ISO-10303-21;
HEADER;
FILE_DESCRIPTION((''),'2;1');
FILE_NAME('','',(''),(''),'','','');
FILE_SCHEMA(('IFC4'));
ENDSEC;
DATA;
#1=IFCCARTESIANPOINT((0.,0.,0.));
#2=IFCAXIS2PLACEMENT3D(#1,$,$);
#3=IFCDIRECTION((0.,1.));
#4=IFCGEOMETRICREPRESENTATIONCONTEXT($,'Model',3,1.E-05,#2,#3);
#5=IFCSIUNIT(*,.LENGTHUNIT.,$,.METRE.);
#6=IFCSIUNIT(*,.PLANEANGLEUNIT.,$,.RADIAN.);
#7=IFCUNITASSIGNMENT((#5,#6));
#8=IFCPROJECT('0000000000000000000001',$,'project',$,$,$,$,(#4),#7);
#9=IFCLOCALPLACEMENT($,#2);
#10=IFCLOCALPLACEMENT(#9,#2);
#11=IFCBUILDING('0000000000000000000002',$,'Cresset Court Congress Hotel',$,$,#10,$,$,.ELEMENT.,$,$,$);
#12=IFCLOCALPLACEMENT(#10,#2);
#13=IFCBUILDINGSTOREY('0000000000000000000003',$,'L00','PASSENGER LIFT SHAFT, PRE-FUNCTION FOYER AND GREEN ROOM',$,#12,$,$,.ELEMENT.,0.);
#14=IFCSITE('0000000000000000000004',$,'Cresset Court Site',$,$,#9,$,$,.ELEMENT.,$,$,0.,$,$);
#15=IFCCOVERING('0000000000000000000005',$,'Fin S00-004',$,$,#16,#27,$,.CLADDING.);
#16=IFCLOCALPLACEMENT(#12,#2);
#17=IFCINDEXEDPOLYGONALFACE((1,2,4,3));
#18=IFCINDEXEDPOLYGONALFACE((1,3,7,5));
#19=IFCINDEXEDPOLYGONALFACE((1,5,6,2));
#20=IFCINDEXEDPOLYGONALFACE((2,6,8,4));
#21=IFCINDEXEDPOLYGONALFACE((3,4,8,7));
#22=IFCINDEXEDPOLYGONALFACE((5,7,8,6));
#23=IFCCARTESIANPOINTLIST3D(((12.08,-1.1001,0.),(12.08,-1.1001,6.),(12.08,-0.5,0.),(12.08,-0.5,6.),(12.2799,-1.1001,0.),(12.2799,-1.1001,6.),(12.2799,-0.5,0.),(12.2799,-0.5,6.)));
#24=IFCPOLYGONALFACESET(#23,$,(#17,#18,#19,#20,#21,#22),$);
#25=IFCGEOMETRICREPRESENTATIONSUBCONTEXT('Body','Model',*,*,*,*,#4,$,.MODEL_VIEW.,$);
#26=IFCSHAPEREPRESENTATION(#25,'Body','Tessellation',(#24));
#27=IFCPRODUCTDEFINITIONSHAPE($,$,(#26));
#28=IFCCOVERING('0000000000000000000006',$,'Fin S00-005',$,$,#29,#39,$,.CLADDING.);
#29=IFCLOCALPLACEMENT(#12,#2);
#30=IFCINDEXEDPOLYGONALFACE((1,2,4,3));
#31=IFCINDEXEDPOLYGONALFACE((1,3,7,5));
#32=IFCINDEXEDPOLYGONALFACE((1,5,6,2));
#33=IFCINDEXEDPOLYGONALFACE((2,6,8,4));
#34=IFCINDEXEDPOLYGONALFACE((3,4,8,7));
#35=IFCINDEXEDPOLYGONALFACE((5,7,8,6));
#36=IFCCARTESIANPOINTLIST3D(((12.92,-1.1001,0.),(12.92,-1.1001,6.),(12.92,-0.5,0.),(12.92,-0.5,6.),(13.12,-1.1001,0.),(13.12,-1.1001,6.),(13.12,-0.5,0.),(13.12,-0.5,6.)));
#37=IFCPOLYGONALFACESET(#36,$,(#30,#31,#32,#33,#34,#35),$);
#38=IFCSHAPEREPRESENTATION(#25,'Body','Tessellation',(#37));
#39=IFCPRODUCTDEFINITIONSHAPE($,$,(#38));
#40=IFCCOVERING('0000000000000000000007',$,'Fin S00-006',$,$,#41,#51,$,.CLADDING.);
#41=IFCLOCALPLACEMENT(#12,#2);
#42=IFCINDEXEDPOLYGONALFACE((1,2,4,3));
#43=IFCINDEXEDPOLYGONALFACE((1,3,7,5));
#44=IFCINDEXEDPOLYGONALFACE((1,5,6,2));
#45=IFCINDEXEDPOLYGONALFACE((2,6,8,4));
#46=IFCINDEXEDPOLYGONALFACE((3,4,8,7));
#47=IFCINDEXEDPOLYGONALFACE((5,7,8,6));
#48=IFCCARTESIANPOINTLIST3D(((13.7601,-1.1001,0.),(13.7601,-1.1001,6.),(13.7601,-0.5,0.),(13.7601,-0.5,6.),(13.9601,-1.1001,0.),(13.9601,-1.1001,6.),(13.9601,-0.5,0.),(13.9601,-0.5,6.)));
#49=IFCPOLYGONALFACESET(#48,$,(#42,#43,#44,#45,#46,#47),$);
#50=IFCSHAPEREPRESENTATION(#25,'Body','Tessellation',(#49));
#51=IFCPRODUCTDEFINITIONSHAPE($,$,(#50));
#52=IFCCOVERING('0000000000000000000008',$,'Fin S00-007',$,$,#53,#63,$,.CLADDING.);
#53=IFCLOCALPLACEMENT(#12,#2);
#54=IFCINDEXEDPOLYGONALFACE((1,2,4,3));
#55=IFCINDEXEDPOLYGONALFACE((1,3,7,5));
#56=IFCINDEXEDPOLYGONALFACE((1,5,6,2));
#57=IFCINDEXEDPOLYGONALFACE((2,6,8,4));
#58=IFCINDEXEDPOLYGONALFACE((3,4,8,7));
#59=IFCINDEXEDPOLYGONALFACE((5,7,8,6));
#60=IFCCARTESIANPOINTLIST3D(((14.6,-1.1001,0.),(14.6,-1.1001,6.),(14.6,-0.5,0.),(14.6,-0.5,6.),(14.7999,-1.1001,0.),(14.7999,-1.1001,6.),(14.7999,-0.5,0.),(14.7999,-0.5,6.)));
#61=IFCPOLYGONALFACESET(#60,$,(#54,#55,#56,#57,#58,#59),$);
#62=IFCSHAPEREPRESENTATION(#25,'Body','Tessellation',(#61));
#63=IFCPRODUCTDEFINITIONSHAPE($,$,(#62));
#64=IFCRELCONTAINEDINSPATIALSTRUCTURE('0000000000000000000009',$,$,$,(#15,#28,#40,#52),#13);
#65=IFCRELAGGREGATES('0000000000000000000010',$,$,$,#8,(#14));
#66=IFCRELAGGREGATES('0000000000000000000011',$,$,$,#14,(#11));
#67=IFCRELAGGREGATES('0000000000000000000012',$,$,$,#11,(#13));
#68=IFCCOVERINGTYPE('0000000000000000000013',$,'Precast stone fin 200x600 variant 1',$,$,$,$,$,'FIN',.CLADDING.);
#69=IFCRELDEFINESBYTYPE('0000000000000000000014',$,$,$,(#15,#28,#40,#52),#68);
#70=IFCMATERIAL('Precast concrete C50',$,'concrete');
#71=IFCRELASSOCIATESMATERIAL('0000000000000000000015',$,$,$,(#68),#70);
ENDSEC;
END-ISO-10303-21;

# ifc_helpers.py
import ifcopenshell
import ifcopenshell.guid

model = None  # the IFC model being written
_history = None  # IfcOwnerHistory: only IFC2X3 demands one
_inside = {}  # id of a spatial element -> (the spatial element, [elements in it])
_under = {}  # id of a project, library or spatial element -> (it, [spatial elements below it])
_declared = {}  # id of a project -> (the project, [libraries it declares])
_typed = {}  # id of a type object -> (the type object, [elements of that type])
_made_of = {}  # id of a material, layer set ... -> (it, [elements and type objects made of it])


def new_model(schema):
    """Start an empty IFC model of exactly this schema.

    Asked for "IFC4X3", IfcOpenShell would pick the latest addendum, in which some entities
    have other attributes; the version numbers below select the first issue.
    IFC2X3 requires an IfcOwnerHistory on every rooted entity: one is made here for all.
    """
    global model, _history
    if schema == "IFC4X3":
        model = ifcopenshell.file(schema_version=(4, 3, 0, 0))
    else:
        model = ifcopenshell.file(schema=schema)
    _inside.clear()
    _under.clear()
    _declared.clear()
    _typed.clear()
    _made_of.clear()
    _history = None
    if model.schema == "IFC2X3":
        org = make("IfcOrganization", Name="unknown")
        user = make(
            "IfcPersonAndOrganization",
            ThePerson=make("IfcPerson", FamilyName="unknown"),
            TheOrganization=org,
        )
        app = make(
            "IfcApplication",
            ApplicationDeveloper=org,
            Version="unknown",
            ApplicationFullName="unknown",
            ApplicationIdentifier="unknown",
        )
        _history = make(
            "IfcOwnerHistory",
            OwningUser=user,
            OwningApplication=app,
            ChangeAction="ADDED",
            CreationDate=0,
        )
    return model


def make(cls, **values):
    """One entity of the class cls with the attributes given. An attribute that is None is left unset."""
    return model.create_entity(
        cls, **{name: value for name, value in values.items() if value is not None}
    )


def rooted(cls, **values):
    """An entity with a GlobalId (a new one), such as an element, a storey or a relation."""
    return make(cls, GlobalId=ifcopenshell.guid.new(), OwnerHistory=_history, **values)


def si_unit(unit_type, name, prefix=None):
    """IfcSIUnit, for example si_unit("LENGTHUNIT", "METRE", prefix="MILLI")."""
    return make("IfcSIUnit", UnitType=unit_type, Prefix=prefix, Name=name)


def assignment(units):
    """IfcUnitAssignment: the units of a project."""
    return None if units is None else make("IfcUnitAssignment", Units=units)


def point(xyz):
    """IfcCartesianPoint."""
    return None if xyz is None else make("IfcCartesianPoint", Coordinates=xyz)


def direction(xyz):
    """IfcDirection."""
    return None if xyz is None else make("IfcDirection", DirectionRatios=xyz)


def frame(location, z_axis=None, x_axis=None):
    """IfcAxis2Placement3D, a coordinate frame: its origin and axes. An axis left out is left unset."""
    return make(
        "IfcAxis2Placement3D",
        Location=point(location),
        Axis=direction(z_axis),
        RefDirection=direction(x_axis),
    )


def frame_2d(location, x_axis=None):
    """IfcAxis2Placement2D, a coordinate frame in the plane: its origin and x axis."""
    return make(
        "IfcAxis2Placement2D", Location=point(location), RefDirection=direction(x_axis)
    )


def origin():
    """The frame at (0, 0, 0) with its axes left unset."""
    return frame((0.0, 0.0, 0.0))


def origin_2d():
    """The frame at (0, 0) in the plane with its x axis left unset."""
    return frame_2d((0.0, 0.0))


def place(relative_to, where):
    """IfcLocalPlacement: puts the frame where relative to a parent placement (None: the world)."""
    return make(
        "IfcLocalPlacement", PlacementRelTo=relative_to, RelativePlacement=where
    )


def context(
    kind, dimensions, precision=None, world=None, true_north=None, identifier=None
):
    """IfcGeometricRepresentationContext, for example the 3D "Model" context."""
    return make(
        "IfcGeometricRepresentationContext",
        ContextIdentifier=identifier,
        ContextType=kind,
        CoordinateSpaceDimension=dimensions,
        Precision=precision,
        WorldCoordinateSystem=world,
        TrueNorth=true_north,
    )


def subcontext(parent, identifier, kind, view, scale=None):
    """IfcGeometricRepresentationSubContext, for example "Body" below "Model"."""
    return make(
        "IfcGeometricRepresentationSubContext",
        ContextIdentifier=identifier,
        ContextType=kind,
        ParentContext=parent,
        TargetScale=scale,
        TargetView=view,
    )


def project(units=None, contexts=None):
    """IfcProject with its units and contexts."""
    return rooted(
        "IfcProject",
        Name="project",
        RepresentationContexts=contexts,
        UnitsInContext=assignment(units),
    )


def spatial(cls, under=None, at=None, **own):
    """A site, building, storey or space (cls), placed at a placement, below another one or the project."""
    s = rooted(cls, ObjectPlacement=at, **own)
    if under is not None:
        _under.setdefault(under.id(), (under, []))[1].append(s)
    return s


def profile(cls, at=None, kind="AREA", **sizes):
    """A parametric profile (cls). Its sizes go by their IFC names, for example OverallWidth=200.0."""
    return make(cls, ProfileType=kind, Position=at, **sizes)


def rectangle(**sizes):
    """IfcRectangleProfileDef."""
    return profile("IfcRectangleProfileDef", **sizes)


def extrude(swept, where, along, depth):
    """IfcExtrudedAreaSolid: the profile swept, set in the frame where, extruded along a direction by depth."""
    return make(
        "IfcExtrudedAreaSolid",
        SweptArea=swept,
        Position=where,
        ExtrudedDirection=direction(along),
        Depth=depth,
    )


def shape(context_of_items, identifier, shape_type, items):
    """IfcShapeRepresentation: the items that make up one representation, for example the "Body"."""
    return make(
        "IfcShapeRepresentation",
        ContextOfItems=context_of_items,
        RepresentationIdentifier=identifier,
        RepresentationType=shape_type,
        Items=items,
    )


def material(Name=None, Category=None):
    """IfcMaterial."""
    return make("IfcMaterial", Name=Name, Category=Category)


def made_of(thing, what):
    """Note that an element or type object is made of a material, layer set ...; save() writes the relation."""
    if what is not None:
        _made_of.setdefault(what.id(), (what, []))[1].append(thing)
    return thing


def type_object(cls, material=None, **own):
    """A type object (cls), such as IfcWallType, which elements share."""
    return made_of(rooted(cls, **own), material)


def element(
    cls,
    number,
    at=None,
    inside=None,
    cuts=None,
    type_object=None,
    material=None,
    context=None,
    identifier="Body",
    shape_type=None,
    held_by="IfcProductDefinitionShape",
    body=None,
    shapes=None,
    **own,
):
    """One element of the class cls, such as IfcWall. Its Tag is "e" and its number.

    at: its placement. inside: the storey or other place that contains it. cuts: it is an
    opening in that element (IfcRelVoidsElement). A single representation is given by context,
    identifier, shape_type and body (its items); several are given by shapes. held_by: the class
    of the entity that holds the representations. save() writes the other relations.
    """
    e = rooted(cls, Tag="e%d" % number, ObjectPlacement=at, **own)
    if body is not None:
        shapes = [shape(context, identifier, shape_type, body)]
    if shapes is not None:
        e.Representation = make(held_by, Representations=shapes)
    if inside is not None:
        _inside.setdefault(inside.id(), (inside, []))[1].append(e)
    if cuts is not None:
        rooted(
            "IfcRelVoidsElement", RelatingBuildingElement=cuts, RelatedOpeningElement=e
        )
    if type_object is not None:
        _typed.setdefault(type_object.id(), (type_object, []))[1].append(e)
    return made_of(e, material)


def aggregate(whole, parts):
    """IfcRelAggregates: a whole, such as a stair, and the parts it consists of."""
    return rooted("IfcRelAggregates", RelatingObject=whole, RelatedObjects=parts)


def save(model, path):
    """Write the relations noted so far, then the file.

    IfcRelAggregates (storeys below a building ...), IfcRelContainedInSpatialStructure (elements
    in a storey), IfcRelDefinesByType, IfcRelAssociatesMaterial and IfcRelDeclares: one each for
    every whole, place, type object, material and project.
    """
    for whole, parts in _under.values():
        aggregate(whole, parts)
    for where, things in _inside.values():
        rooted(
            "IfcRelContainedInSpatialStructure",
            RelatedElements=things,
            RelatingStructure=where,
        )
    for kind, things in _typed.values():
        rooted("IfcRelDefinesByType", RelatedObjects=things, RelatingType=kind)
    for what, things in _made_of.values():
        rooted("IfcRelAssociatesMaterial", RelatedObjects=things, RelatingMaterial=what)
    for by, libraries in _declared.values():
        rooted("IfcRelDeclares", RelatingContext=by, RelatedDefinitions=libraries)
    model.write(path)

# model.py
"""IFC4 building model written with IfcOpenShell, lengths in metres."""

from ifc_helpers import new_model, si_unit, direction, frame, origin, origin_2d, place, context, subcontext, project, spatial, rectangle, extrude, material, type_object, element, save


model = new_model("IFC4")

# Units and contexts
model_context = context("Model", 3, precision=1e-05, world=origin(), true_north=direction((0.0, 1.0)))
body_context = subcontext(model_context, "Body", "Model", "MODEL_VIEW")
ifc_project = project(units=[si_unit("LENGTHUNIT", "METRE"), si_unit("PLANEANGLEUNIT", "RADIAN")], contexts=[model_context])

# Site, building, storey
site_placement = place(None, origin())
site = spatial("IfcSite", under=ifc_project, at=site_placement, Name="Cresset Court Site", CompositionType="ELEMENT", RefElevation=0.0)
building_placement = place(site_placement, origin())
building = spatial("IfcBuilding", under=site, at=building_placement, Name="Cresset Court Congress Hotel", CompositionType="ELEMENT")
storey_placement = place(building_placement, origin())
storey = spatial("IfcBuildingStorey", under=building, at=storey_placement, Name="L00", Description="PASSENGER LIFT SHAFT, PRE-FUNCTION FOYER AND GREEN ROOM", CompositionType="ELEMENT", Elevation=0.0)

# Coverings
ifc_material_1 = material(Name="Precast concrete C50", Category="concrete")
covering_type = type_object("IfcCoveringType", Name="Precast stone fin 200x600 variant 1", ElementType="FIN", PredefinedType="CLADDING", material=ifc_material_1)
for number, where, z_axis, x_axis, name in (
    (1, (12.1799, -0.8, 0.0), (0.0, 0.0, 1.0), (1.0, 0.0, 0.0), "Fin S00-004"),
    (2, (13.02, -0.8, 0.0), (0.0, 0.0, 1.0), (1.0, 0.0, 0.0), "Fin S00-005"),
    (3, (13.8601, -0.8, 0.0), (0.0, 0.0, 1.0), (1.0, 0.0, 0.0), "Fin S00-006"),
    (4, (14.7, -0.8, 0.0), (0.0, 0.0, 1.0), (1.0, 0.0, 0.0), "Fin S00-007"),
):
    element("IfcCovering", number, at=place(storey_placement, frame(where, z_axis=z_axis, x_axis=x_axis)), inside=storey, type_object=covering_type, Name=name, PredefinedType="CLADDING", context=body_context, shape_type="SweptSolid", body=[
        extrude(rectangle(XDim=0.2, YDim=0.6001, at=origin_2d()), origin(), (0.0, 0.0, 1.0), 6.0),
    ])

save(model, "model.ifc")
